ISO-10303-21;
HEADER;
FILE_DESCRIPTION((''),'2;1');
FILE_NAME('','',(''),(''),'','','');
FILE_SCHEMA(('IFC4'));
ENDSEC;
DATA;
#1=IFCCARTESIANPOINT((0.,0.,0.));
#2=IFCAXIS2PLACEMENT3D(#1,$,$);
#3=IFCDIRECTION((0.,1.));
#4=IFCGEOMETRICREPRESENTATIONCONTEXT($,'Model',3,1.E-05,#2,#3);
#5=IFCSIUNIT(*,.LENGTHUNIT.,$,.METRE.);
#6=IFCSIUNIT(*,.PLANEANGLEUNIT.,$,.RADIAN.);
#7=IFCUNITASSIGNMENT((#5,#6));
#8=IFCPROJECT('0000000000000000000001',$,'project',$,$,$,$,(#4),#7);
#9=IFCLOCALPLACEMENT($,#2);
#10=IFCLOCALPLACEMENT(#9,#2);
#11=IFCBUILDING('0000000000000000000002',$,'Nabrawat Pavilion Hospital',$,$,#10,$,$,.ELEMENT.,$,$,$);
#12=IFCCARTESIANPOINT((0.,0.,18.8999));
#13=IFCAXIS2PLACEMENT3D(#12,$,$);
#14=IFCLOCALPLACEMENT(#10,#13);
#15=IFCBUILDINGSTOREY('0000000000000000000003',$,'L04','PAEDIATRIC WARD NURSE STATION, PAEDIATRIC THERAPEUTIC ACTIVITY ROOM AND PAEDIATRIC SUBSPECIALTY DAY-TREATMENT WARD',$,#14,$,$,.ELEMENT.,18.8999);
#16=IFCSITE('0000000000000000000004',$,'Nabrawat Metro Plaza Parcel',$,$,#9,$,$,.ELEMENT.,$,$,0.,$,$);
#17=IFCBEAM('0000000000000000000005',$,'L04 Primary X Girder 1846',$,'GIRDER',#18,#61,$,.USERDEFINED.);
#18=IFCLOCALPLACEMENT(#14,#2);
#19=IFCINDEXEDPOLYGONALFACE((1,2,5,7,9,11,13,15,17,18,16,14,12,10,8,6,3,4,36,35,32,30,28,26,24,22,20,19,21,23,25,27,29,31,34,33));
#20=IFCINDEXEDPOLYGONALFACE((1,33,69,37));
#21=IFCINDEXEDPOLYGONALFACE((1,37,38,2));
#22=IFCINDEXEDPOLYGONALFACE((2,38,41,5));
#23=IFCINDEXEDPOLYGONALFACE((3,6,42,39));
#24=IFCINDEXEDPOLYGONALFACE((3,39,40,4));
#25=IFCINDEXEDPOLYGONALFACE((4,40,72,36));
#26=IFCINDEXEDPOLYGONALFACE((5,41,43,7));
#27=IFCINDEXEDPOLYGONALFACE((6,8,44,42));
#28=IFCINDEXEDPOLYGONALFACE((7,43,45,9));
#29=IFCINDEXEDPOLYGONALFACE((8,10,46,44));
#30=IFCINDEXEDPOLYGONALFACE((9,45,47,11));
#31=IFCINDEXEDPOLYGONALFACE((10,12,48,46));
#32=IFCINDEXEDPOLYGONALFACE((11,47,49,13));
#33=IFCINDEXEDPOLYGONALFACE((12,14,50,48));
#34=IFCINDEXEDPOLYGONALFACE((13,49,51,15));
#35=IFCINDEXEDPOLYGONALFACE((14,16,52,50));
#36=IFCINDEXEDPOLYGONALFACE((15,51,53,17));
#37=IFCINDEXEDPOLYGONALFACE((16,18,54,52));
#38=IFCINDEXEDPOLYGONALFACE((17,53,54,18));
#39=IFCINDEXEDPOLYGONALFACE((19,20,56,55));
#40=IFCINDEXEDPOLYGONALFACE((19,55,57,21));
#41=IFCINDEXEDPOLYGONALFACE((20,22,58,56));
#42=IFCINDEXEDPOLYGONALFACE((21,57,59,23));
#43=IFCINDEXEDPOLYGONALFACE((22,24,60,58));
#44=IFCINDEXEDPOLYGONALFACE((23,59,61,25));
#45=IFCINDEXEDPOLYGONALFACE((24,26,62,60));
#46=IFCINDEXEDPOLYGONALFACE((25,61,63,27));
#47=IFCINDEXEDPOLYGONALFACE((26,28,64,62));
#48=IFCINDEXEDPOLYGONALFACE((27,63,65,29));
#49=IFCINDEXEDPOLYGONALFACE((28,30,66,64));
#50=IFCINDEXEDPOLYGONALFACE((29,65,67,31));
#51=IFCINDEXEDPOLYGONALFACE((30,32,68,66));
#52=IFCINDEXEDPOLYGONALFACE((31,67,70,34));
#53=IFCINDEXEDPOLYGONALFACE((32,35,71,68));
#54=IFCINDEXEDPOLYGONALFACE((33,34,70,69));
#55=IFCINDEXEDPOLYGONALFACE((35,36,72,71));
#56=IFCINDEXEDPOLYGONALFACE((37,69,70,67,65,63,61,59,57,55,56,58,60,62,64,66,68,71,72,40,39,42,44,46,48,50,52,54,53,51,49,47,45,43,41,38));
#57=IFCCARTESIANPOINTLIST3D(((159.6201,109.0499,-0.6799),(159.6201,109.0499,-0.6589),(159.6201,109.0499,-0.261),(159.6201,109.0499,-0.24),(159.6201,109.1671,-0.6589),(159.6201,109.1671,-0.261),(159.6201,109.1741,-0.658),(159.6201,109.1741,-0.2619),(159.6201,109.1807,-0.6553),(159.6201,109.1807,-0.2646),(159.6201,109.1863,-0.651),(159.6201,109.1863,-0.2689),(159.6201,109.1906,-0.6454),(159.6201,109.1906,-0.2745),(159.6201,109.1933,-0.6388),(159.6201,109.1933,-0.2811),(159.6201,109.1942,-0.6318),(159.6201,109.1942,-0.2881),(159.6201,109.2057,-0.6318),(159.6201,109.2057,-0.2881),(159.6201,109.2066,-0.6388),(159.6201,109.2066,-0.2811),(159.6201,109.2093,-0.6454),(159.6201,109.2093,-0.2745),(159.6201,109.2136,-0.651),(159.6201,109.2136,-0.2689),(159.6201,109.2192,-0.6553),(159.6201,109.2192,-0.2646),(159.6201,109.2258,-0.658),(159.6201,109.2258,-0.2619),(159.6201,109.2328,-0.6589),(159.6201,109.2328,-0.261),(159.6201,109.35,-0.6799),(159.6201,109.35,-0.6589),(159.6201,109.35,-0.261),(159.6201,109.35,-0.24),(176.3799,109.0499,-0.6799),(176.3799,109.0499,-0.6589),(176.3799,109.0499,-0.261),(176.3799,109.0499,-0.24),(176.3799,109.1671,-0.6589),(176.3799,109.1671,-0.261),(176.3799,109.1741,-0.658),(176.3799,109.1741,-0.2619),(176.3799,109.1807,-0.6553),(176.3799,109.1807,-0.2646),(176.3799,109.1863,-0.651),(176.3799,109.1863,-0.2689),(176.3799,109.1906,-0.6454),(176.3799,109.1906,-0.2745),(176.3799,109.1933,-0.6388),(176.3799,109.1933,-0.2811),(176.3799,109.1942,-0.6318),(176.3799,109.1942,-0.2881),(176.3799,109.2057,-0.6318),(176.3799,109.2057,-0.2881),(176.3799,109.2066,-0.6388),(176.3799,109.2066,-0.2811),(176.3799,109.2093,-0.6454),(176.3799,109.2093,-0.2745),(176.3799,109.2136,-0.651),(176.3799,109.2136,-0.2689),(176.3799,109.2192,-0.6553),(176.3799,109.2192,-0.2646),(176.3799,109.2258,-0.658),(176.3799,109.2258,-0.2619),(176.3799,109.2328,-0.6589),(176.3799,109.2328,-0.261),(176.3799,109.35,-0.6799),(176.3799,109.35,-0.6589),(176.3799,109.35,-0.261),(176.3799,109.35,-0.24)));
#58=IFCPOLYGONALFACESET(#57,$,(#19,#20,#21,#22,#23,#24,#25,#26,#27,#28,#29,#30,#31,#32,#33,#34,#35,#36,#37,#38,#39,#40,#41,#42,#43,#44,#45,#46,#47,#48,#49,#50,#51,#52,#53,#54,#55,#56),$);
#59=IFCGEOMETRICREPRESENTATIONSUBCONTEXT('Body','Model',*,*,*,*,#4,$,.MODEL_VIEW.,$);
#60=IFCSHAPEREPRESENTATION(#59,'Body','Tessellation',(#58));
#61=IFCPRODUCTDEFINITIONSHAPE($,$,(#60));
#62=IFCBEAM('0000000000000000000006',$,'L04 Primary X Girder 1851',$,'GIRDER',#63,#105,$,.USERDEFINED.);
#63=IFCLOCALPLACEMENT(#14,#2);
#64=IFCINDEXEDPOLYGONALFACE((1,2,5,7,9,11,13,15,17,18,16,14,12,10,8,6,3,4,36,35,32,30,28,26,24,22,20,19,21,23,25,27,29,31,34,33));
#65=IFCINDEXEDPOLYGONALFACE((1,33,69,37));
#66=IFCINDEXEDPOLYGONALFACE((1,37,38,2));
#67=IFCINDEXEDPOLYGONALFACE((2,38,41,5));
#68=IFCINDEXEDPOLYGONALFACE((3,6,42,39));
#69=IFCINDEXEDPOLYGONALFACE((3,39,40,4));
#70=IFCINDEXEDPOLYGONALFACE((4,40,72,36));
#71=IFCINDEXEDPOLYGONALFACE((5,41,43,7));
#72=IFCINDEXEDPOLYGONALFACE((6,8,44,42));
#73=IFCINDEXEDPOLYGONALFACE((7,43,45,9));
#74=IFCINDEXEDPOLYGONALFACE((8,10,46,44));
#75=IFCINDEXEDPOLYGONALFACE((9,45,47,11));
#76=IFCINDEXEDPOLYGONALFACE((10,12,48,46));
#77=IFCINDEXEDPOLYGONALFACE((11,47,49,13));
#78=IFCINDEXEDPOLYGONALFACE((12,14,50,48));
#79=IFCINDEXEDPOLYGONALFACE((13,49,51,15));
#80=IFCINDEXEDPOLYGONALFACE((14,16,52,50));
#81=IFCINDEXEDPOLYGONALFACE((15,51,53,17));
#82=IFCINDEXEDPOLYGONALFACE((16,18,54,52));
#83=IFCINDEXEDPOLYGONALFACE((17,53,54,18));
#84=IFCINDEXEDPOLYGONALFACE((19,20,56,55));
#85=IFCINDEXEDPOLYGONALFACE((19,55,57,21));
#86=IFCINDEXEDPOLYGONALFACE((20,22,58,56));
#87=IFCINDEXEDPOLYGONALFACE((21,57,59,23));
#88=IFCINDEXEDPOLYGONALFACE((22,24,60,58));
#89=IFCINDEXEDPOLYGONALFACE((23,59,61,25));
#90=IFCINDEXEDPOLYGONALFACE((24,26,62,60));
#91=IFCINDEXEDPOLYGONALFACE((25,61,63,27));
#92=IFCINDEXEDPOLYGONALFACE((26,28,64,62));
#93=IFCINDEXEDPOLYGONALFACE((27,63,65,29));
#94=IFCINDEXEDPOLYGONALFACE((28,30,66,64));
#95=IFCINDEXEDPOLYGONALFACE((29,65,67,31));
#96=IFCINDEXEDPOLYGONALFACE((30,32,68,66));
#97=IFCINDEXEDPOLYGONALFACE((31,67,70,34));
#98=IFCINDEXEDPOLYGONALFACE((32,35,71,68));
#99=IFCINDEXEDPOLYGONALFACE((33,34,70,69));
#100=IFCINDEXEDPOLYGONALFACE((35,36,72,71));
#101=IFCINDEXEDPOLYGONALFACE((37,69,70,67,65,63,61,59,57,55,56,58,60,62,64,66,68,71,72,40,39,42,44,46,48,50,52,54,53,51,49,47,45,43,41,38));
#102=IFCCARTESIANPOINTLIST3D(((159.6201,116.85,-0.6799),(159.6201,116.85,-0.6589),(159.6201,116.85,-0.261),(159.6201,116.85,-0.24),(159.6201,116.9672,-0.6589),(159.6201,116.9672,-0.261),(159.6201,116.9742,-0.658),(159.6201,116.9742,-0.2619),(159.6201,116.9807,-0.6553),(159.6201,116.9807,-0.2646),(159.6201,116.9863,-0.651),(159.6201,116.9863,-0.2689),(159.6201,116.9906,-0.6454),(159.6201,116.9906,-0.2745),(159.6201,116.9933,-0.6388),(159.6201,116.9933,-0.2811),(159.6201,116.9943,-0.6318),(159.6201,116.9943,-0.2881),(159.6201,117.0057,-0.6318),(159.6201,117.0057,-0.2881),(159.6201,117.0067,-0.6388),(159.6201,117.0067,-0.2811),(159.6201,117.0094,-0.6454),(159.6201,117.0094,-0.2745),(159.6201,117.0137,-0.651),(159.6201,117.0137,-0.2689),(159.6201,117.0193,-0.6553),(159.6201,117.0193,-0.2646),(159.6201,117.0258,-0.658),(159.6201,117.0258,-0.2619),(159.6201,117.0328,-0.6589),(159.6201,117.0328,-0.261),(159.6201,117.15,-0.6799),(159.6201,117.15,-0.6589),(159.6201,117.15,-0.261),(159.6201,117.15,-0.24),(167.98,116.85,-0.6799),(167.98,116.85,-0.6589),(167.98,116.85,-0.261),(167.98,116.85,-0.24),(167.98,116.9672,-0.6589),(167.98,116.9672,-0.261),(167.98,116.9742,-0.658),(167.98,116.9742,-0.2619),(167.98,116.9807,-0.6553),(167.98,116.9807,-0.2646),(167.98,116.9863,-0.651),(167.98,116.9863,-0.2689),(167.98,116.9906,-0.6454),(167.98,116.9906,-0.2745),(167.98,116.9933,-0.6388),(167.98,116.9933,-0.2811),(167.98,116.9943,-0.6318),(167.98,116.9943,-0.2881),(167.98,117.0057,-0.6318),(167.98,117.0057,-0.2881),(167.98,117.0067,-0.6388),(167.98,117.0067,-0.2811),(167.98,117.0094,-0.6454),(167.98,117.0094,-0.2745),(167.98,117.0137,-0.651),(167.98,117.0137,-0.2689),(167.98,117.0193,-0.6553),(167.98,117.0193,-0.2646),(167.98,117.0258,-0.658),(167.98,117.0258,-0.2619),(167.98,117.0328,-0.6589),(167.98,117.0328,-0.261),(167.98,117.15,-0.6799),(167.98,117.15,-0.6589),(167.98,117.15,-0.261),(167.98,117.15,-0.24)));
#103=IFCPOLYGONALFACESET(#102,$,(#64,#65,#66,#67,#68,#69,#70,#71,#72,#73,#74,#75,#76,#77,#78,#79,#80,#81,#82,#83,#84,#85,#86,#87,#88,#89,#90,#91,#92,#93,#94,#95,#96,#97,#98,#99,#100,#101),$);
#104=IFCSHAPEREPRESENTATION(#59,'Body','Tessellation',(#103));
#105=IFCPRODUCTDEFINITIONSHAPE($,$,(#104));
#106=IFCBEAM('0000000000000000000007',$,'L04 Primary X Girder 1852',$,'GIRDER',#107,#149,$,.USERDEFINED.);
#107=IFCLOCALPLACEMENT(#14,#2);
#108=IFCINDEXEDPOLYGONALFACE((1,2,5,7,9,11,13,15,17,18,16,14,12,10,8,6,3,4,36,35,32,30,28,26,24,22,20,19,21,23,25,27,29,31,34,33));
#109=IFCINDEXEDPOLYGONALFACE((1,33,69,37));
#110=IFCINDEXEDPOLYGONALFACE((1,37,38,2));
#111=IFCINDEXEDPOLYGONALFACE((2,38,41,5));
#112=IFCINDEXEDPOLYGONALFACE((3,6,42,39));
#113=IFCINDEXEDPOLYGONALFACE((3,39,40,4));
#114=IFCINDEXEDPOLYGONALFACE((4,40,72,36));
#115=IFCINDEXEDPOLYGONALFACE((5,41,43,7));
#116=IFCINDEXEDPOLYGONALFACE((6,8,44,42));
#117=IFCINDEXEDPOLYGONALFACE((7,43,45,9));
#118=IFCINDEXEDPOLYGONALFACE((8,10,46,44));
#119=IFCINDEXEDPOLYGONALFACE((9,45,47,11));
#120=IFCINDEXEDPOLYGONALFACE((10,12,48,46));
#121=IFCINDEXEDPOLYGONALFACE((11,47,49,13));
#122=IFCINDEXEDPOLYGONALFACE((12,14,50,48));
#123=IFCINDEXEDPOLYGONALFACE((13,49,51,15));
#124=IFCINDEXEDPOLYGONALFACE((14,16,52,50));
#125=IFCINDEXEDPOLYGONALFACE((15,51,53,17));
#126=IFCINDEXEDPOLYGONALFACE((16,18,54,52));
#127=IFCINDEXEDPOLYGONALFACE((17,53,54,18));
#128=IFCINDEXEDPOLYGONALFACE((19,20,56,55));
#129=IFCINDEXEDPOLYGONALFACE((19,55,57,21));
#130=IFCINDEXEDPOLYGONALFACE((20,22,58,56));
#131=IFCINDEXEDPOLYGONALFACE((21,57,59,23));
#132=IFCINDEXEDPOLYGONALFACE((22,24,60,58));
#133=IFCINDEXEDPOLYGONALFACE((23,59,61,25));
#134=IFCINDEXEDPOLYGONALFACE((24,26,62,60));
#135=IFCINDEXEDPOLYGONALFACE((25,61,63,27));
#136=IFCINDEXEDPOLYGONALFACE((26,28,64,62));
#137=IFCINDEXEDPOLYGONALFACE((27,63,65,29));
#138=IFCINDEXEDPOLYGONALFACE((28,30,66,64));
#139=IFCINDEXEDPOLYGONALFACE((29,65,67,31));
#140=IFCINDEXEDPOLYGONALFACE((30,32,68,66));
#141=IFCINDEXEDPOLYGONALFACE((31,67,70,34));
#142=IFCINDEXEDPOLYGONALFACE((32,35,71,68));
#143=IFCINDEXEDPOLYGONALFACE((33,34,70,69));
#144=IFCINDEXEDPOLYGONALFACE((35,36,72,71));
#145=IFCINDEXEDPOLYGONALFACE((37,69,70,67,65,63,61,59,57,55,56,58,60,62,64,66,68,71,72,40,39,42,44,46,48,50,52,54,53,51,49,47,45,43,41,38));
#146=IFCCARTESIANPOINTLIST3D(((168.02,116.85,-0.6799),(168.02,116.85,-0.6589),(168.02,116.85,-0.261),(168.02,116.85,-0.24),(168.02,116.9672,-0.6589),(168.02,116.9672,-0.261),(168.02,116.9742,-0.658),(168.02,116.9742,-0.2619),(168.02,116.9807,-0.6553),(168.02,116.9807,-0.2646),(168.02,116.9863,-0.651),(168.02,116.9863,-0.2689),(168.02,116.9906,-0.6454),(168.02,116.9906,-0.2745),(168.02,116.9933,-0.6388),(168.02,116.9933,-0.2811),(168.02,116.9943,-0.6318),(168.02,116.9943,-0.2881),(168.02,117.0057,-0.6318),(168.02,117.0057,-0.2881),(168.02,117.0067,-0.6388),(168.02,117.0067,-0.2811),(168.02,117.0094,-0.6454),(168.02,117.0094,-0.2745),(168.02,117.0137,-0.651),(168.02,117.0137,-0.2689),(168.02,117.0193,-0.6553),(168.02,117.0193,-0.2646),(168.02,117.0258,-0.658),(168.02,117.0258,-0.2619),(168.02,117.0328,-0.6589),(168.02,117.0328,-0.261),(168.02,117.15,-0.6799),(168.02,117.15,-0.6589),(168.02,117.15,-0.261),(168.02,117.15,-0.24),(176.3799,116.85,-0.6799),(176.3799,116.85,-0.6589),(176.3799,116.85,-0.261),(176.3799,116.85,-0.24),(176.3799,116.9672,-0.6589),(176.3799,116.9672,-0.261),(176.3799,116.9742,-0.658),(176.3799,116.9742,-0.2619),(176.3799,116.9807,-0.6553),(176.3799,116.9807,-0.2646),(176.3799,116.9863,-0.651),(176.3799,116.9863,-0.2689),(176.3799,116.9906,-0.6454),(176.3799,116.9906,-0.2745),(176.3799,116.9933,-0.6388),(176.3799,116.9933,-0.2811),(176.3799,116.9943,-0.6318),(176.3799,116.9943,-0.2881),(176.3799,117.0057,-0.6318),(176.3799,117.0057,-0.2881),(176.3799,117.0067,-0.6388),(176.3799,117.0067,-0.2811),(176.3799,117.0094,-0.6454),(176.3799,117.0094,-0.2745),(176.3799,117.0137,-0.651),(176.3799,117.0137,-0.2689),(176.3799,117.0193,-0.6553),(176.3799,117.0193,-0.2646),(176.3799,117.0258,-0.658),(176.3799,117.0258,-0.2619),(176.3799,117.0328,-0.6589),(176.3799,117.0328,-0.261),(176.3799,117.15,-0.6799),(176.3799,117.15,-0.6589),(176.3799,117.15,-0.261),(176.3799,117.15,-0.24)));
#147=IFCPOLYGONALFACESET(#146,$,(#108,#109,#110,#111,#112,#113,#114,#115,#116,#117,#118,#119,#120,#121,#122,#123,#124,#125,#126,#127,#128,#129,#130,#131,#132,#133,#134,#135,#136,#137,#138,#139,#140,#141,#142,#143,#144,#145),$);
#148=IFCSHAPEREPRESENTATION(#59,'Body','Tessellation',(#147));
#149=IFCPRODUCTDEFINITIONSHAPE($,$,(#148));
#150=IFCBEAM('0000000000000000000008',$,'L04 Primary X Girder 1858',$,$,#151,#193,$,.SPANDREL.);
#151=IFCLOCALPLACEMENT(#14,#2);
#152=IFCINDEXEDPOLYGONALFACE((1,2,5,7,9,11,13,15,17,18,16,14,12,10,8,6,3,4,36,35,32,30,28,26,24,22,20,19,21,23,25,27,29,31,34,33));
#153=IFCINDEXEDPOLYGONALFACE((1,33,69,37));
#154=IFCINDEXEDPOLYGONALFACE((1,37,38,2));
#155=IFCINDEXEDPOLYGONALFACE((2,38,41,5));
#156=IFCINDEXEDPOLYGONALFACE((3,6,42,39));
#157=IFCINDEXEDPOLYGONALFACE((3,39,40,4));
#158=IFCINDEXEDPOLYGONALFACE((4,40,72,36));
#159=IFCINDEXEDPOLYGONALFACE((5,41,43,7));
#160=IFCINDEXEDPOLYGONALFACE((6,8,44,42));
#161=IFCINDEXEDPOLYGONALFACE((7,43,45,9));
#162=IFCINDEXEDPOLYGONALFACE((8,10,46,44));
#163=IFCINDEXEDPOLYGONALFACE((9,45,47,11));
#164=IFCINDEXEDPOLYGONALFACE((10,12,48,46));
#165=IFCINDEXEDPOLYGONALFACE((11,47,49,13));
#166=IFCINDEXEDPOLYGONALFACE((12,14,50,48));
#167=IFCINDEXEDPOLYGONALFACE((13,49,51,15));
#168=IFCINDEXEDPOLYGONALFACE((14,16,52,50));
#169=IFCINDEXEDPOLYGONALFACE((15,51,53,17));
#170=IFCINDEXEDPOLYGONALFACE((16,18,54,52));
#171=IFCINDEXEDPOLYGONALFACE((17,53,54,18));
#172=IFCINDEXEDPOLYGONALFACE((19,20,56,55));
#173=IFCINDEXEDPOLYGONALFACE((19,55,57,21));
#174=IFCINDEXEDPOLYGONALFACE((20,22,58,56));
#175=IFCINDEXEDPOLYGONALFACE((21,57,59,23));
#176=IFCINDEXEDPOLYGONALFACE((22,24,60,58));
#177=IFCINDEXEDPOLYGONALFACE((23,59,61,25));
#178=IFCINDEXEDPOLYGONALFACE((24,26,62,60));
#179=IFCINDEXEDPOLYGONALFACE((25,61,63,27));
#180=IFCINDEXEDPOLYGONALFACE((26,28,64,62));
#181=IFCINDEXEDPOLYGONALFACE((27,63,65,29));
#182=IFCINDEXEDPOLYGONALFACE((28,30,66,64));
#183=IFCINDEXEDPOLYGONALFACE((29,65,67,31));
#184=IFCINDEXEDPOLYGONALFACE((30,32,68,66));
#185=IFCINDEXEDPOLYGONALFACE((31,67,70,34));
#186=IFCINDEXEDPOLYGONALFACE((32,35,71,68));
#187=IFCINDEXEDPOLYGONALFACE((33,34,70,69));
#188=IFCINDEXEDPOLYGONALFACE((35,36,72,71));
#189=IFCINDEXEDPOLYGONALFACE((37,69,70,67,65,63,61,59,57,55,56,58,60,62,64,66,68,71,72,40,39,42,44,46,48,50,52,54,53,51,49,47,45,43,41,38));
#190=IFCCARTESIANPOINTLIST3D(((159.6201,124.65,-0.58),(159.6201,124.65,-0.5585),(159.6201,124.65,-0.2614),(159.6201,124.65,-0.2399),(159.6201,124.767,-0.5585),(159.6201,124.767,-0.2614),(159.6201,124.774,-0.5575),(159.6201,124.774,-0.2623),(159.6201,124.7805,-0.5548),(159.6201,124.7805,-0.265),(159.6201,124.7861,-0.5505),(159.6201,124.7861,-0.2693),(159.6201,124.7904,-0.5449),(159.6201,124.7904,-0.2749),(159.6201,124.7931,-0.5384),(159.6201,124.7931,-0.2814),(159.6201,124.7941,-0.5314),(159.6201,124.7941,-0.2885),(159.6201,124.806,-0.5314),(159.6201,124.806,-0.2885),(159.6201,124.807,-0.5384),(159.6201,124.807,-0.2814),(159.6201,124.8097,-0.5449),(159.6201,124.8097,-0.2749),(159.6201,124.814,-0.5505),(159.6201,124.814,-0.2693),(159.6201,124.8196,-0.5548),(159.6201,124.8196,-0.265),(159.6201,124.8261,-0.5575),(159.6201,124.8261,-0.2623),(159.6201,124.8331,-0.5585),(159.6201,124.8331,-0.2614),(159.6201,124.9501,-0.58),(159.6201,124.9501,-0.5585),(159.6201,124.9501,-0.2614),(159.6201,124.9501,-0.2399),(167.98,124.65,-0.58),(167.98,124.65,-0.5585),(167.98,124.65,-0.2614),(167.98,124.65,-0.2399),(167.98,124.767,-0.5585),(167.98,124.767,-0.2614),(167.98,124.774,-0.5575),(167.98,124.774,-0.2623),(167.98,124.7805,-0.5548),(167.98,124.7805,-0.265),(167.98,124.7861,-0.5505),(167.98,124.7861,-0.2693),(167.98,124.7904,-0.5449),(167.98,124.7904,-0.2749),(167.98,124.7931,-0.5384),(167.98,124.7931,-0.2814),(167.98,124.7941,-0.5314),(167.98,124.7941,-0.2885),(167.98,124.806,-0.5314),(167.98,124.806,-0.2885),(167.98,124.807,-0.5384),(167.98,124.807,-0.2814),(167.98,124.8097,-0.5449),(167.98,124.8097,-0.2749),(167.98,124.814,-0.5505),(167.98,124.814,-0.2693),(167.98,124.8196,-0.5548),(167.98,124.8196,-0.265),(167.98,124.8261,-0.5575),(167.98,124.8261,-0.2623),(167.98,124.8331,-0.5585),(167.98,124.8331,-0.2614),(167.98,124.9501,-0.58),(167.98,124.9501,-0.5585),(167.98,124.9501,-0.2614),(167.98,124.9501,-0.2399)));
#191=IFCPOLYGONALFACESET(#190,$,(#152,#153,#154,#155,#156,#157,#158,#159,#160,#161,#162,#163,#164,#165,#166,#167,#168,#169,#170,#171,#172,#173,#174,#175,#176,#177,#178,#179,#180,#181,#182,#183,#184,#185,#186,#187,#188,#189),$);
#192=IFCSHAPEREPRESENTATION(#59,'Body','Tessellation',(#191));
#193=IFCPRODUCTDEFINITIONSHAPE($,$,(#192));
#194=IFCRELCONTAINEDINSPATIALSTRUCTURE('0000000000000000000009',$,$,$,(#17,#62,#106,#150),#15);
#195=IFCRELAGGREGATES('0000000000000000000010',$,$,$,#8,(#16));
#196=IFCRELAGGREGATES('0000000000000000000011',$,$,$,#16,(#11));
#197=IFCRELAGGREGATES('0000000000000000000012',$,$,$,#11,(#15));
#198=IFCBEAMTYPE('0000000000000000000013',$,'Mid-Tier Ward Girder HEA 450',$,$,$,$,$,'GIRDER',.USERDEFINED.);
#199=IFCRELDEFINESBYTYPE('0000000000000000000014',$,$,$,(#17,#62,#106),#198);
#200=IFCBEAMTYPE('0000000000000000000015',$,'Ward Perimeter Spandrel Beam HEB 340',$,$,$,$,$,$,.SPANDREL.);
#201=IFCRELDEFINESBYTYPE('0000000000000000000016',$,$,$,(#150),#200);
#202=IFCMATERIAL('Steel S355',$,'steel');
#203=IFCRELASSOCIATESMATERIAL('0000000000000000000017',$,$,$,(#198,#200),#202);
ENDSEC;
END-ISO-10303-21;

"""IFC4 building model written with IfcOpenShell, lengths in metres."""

from ifc_helpers import new_model, si_unit, direction, frame, origin, origin_2d, place, context, subcontext, project, spatial, i_section, extrude, material, material_profile, profile_set, type_object, element, save


model = new_model("IFC4")

# Units and contexts
model_context = context("Model", 3, precision=1e-05, world=origin(), true_north=direction((0.0, 1.0)))
body_context = subcontext(model_context, "Body", "Model", "MODEL_VIEW")
ifc_project = project(units=[si_unit("LENGTHUNIT", "METRE"), si_unit("PLANEANGLEUNIT", "RADIAN")], contexts=[model_context])

# Site, building, storey
site_placement = place(None, origin())
site = spatial("IfcSite", under=ifc_project, at=site_placement, Name="Nabrawat Metro Plaza Parcel", CompositionType="ELEMENT", RefElevation=0.0)
building_placement = place(site_placement, origin())
building = spatial("IfcBuilding", under=site, at=building_placement, Name="Nabrawat Pavilion Hospital", CompositionType="ELEMENT")
storey_placement = place(building_placement, frame((0.0, 0.0, 18.8999)))
storey = spatial("IfcBuildingStorey", under=building, at=storey_placement, Name="L04", Description="PAEDIATRIC WARD NURSE STATION, PAEDIATRIC THERAPEUTIC ACTIVITY ROOM AND PAEDIATRIC SUBSPECIALTY DAY-TREATMENT WARD", CompositionType="ELEMENT", Elevation=18.8999)

# Shared definitions
ifc_material_1 = material(Name="Steel S355", Category="steel")

# Beams
ifc_material_profile_1 = material_profile(ifc_material_1, i_section(OverallWidth=0.3, OverallDepth=0.4399, WebThickness=0.0115, FlangeThickness=0.021, FilletRadius=0.0271, at=origin_2d()), Name="HEA 450")
ifc_profile_set_1 = profile_set([ifc_material_profile_1], Name="Steel S355")
beam_type_1 = type_object("IfcBeamType", Name="Mid-Tier Ward Girder HEA 450", ElementType="GIRDER", PredefinedType="USERDEFINED", material=ifc_profile_set_1)
beam_placement = place(storey_placement, frame((159.6201, 109.2, -0.46), z_axis=(1.0, 0.0, 0.0), x_axis=(0.0, 1.0, 0.0)))
element("IfcBeam", 1, at=beam_placement, inside=storey, type_object=beam_type_1, Name="L04 Primary X Girder 1846", ObjectType="GIRDER", PredefinedType="USERDEFINED", context=body_context, shape_type="SweptSolid", body=[
    extrude(i_section(OverallWidth=0.3, OverallDepth=0.4399, WebThickness=0.0115, FlangeThickness=0.021, FilletRadius=0.0271, at=origin_2d()), origin(), (0.0, 0.0, 1.0), 16.7598),
])
for number, where, z_axis, x_axis, name in (
    (2, (159.6201, 117.0, -0.46), (1.0, 0.0, 0.0), (0.0, 1.0, 0.0), "L04 Primary X Girder 1851"),
    (3, (168.02, 117.0, -0.46), (1.0, 0.0, 0.0), (0.0, 1.0, 0.0), "L04 Primary X Girder 1852"),
):
    element("IfcBeam", number, at=place(storey_placement, frame(where, z_axis=z_axis, x_axis=x_axis)), inside=storey, type_object=beam_type_1, Name=name, ObjectType="GIRDER", PredefinedType="USERDEFINED", context=body_context, shape_type="SweptSolid", body=[
        extrude(i_section(OverallWidth=0.3, OverallDepth=0.4399, WebThickness=0.0115, FlangeThickness=0.021, FilletRadius=0.0271, at=origin_2d()), origin(), (0.0, 0.0, 1.0), 8.3599),
    ])
ifc_material_profile_2 = material_profile(ifc_material_1, i_section(OverallWidth=0.3, OverallDepth=0.3401, WebThickness=0.012, FlangeThickness=0.0215, FilletRadius=0.0271, at=origin_2d()), Name="HEB 340")
ifc_profile_set_2 = profile_set([ifc_material_profile_2], Name="Steel S355")
beam_type_2 = type_object("IfcBeamType", Name="Ward Perimeter Spandrel Beam HEB 340", PredefinedType="SPANDREL", material=ifc_profile_set_2)
for number, where, z_axis, x_axis, name in (
    (4, (159.6201, 124.8, -0.4099), (1.0, 0.0, 0.0), (0.0, 1.0, 0.0), "L04 Primary X Girder 1858"),
):
    element("IfcBeam", number, at=place(storey_placement, frame(where, z_axis=z_axis, x_axis=x_axis)), inside=storey, type_object=beam_type_2, Name=name, PredefinedType="SPANDREL", context=body_context, shape_type="SweptSolid", body=[
        extrude(i_section(OverallWidth=0.3, OverallDepth=0.3401, WebThickness=0.012, FlangeThickness=0.0215, FilletRadius=0.0271, at=origin_2d()), origin(), (0.0, 0.0, 1.0), 8.3599),
    ])

save(model, "model.ifc")
